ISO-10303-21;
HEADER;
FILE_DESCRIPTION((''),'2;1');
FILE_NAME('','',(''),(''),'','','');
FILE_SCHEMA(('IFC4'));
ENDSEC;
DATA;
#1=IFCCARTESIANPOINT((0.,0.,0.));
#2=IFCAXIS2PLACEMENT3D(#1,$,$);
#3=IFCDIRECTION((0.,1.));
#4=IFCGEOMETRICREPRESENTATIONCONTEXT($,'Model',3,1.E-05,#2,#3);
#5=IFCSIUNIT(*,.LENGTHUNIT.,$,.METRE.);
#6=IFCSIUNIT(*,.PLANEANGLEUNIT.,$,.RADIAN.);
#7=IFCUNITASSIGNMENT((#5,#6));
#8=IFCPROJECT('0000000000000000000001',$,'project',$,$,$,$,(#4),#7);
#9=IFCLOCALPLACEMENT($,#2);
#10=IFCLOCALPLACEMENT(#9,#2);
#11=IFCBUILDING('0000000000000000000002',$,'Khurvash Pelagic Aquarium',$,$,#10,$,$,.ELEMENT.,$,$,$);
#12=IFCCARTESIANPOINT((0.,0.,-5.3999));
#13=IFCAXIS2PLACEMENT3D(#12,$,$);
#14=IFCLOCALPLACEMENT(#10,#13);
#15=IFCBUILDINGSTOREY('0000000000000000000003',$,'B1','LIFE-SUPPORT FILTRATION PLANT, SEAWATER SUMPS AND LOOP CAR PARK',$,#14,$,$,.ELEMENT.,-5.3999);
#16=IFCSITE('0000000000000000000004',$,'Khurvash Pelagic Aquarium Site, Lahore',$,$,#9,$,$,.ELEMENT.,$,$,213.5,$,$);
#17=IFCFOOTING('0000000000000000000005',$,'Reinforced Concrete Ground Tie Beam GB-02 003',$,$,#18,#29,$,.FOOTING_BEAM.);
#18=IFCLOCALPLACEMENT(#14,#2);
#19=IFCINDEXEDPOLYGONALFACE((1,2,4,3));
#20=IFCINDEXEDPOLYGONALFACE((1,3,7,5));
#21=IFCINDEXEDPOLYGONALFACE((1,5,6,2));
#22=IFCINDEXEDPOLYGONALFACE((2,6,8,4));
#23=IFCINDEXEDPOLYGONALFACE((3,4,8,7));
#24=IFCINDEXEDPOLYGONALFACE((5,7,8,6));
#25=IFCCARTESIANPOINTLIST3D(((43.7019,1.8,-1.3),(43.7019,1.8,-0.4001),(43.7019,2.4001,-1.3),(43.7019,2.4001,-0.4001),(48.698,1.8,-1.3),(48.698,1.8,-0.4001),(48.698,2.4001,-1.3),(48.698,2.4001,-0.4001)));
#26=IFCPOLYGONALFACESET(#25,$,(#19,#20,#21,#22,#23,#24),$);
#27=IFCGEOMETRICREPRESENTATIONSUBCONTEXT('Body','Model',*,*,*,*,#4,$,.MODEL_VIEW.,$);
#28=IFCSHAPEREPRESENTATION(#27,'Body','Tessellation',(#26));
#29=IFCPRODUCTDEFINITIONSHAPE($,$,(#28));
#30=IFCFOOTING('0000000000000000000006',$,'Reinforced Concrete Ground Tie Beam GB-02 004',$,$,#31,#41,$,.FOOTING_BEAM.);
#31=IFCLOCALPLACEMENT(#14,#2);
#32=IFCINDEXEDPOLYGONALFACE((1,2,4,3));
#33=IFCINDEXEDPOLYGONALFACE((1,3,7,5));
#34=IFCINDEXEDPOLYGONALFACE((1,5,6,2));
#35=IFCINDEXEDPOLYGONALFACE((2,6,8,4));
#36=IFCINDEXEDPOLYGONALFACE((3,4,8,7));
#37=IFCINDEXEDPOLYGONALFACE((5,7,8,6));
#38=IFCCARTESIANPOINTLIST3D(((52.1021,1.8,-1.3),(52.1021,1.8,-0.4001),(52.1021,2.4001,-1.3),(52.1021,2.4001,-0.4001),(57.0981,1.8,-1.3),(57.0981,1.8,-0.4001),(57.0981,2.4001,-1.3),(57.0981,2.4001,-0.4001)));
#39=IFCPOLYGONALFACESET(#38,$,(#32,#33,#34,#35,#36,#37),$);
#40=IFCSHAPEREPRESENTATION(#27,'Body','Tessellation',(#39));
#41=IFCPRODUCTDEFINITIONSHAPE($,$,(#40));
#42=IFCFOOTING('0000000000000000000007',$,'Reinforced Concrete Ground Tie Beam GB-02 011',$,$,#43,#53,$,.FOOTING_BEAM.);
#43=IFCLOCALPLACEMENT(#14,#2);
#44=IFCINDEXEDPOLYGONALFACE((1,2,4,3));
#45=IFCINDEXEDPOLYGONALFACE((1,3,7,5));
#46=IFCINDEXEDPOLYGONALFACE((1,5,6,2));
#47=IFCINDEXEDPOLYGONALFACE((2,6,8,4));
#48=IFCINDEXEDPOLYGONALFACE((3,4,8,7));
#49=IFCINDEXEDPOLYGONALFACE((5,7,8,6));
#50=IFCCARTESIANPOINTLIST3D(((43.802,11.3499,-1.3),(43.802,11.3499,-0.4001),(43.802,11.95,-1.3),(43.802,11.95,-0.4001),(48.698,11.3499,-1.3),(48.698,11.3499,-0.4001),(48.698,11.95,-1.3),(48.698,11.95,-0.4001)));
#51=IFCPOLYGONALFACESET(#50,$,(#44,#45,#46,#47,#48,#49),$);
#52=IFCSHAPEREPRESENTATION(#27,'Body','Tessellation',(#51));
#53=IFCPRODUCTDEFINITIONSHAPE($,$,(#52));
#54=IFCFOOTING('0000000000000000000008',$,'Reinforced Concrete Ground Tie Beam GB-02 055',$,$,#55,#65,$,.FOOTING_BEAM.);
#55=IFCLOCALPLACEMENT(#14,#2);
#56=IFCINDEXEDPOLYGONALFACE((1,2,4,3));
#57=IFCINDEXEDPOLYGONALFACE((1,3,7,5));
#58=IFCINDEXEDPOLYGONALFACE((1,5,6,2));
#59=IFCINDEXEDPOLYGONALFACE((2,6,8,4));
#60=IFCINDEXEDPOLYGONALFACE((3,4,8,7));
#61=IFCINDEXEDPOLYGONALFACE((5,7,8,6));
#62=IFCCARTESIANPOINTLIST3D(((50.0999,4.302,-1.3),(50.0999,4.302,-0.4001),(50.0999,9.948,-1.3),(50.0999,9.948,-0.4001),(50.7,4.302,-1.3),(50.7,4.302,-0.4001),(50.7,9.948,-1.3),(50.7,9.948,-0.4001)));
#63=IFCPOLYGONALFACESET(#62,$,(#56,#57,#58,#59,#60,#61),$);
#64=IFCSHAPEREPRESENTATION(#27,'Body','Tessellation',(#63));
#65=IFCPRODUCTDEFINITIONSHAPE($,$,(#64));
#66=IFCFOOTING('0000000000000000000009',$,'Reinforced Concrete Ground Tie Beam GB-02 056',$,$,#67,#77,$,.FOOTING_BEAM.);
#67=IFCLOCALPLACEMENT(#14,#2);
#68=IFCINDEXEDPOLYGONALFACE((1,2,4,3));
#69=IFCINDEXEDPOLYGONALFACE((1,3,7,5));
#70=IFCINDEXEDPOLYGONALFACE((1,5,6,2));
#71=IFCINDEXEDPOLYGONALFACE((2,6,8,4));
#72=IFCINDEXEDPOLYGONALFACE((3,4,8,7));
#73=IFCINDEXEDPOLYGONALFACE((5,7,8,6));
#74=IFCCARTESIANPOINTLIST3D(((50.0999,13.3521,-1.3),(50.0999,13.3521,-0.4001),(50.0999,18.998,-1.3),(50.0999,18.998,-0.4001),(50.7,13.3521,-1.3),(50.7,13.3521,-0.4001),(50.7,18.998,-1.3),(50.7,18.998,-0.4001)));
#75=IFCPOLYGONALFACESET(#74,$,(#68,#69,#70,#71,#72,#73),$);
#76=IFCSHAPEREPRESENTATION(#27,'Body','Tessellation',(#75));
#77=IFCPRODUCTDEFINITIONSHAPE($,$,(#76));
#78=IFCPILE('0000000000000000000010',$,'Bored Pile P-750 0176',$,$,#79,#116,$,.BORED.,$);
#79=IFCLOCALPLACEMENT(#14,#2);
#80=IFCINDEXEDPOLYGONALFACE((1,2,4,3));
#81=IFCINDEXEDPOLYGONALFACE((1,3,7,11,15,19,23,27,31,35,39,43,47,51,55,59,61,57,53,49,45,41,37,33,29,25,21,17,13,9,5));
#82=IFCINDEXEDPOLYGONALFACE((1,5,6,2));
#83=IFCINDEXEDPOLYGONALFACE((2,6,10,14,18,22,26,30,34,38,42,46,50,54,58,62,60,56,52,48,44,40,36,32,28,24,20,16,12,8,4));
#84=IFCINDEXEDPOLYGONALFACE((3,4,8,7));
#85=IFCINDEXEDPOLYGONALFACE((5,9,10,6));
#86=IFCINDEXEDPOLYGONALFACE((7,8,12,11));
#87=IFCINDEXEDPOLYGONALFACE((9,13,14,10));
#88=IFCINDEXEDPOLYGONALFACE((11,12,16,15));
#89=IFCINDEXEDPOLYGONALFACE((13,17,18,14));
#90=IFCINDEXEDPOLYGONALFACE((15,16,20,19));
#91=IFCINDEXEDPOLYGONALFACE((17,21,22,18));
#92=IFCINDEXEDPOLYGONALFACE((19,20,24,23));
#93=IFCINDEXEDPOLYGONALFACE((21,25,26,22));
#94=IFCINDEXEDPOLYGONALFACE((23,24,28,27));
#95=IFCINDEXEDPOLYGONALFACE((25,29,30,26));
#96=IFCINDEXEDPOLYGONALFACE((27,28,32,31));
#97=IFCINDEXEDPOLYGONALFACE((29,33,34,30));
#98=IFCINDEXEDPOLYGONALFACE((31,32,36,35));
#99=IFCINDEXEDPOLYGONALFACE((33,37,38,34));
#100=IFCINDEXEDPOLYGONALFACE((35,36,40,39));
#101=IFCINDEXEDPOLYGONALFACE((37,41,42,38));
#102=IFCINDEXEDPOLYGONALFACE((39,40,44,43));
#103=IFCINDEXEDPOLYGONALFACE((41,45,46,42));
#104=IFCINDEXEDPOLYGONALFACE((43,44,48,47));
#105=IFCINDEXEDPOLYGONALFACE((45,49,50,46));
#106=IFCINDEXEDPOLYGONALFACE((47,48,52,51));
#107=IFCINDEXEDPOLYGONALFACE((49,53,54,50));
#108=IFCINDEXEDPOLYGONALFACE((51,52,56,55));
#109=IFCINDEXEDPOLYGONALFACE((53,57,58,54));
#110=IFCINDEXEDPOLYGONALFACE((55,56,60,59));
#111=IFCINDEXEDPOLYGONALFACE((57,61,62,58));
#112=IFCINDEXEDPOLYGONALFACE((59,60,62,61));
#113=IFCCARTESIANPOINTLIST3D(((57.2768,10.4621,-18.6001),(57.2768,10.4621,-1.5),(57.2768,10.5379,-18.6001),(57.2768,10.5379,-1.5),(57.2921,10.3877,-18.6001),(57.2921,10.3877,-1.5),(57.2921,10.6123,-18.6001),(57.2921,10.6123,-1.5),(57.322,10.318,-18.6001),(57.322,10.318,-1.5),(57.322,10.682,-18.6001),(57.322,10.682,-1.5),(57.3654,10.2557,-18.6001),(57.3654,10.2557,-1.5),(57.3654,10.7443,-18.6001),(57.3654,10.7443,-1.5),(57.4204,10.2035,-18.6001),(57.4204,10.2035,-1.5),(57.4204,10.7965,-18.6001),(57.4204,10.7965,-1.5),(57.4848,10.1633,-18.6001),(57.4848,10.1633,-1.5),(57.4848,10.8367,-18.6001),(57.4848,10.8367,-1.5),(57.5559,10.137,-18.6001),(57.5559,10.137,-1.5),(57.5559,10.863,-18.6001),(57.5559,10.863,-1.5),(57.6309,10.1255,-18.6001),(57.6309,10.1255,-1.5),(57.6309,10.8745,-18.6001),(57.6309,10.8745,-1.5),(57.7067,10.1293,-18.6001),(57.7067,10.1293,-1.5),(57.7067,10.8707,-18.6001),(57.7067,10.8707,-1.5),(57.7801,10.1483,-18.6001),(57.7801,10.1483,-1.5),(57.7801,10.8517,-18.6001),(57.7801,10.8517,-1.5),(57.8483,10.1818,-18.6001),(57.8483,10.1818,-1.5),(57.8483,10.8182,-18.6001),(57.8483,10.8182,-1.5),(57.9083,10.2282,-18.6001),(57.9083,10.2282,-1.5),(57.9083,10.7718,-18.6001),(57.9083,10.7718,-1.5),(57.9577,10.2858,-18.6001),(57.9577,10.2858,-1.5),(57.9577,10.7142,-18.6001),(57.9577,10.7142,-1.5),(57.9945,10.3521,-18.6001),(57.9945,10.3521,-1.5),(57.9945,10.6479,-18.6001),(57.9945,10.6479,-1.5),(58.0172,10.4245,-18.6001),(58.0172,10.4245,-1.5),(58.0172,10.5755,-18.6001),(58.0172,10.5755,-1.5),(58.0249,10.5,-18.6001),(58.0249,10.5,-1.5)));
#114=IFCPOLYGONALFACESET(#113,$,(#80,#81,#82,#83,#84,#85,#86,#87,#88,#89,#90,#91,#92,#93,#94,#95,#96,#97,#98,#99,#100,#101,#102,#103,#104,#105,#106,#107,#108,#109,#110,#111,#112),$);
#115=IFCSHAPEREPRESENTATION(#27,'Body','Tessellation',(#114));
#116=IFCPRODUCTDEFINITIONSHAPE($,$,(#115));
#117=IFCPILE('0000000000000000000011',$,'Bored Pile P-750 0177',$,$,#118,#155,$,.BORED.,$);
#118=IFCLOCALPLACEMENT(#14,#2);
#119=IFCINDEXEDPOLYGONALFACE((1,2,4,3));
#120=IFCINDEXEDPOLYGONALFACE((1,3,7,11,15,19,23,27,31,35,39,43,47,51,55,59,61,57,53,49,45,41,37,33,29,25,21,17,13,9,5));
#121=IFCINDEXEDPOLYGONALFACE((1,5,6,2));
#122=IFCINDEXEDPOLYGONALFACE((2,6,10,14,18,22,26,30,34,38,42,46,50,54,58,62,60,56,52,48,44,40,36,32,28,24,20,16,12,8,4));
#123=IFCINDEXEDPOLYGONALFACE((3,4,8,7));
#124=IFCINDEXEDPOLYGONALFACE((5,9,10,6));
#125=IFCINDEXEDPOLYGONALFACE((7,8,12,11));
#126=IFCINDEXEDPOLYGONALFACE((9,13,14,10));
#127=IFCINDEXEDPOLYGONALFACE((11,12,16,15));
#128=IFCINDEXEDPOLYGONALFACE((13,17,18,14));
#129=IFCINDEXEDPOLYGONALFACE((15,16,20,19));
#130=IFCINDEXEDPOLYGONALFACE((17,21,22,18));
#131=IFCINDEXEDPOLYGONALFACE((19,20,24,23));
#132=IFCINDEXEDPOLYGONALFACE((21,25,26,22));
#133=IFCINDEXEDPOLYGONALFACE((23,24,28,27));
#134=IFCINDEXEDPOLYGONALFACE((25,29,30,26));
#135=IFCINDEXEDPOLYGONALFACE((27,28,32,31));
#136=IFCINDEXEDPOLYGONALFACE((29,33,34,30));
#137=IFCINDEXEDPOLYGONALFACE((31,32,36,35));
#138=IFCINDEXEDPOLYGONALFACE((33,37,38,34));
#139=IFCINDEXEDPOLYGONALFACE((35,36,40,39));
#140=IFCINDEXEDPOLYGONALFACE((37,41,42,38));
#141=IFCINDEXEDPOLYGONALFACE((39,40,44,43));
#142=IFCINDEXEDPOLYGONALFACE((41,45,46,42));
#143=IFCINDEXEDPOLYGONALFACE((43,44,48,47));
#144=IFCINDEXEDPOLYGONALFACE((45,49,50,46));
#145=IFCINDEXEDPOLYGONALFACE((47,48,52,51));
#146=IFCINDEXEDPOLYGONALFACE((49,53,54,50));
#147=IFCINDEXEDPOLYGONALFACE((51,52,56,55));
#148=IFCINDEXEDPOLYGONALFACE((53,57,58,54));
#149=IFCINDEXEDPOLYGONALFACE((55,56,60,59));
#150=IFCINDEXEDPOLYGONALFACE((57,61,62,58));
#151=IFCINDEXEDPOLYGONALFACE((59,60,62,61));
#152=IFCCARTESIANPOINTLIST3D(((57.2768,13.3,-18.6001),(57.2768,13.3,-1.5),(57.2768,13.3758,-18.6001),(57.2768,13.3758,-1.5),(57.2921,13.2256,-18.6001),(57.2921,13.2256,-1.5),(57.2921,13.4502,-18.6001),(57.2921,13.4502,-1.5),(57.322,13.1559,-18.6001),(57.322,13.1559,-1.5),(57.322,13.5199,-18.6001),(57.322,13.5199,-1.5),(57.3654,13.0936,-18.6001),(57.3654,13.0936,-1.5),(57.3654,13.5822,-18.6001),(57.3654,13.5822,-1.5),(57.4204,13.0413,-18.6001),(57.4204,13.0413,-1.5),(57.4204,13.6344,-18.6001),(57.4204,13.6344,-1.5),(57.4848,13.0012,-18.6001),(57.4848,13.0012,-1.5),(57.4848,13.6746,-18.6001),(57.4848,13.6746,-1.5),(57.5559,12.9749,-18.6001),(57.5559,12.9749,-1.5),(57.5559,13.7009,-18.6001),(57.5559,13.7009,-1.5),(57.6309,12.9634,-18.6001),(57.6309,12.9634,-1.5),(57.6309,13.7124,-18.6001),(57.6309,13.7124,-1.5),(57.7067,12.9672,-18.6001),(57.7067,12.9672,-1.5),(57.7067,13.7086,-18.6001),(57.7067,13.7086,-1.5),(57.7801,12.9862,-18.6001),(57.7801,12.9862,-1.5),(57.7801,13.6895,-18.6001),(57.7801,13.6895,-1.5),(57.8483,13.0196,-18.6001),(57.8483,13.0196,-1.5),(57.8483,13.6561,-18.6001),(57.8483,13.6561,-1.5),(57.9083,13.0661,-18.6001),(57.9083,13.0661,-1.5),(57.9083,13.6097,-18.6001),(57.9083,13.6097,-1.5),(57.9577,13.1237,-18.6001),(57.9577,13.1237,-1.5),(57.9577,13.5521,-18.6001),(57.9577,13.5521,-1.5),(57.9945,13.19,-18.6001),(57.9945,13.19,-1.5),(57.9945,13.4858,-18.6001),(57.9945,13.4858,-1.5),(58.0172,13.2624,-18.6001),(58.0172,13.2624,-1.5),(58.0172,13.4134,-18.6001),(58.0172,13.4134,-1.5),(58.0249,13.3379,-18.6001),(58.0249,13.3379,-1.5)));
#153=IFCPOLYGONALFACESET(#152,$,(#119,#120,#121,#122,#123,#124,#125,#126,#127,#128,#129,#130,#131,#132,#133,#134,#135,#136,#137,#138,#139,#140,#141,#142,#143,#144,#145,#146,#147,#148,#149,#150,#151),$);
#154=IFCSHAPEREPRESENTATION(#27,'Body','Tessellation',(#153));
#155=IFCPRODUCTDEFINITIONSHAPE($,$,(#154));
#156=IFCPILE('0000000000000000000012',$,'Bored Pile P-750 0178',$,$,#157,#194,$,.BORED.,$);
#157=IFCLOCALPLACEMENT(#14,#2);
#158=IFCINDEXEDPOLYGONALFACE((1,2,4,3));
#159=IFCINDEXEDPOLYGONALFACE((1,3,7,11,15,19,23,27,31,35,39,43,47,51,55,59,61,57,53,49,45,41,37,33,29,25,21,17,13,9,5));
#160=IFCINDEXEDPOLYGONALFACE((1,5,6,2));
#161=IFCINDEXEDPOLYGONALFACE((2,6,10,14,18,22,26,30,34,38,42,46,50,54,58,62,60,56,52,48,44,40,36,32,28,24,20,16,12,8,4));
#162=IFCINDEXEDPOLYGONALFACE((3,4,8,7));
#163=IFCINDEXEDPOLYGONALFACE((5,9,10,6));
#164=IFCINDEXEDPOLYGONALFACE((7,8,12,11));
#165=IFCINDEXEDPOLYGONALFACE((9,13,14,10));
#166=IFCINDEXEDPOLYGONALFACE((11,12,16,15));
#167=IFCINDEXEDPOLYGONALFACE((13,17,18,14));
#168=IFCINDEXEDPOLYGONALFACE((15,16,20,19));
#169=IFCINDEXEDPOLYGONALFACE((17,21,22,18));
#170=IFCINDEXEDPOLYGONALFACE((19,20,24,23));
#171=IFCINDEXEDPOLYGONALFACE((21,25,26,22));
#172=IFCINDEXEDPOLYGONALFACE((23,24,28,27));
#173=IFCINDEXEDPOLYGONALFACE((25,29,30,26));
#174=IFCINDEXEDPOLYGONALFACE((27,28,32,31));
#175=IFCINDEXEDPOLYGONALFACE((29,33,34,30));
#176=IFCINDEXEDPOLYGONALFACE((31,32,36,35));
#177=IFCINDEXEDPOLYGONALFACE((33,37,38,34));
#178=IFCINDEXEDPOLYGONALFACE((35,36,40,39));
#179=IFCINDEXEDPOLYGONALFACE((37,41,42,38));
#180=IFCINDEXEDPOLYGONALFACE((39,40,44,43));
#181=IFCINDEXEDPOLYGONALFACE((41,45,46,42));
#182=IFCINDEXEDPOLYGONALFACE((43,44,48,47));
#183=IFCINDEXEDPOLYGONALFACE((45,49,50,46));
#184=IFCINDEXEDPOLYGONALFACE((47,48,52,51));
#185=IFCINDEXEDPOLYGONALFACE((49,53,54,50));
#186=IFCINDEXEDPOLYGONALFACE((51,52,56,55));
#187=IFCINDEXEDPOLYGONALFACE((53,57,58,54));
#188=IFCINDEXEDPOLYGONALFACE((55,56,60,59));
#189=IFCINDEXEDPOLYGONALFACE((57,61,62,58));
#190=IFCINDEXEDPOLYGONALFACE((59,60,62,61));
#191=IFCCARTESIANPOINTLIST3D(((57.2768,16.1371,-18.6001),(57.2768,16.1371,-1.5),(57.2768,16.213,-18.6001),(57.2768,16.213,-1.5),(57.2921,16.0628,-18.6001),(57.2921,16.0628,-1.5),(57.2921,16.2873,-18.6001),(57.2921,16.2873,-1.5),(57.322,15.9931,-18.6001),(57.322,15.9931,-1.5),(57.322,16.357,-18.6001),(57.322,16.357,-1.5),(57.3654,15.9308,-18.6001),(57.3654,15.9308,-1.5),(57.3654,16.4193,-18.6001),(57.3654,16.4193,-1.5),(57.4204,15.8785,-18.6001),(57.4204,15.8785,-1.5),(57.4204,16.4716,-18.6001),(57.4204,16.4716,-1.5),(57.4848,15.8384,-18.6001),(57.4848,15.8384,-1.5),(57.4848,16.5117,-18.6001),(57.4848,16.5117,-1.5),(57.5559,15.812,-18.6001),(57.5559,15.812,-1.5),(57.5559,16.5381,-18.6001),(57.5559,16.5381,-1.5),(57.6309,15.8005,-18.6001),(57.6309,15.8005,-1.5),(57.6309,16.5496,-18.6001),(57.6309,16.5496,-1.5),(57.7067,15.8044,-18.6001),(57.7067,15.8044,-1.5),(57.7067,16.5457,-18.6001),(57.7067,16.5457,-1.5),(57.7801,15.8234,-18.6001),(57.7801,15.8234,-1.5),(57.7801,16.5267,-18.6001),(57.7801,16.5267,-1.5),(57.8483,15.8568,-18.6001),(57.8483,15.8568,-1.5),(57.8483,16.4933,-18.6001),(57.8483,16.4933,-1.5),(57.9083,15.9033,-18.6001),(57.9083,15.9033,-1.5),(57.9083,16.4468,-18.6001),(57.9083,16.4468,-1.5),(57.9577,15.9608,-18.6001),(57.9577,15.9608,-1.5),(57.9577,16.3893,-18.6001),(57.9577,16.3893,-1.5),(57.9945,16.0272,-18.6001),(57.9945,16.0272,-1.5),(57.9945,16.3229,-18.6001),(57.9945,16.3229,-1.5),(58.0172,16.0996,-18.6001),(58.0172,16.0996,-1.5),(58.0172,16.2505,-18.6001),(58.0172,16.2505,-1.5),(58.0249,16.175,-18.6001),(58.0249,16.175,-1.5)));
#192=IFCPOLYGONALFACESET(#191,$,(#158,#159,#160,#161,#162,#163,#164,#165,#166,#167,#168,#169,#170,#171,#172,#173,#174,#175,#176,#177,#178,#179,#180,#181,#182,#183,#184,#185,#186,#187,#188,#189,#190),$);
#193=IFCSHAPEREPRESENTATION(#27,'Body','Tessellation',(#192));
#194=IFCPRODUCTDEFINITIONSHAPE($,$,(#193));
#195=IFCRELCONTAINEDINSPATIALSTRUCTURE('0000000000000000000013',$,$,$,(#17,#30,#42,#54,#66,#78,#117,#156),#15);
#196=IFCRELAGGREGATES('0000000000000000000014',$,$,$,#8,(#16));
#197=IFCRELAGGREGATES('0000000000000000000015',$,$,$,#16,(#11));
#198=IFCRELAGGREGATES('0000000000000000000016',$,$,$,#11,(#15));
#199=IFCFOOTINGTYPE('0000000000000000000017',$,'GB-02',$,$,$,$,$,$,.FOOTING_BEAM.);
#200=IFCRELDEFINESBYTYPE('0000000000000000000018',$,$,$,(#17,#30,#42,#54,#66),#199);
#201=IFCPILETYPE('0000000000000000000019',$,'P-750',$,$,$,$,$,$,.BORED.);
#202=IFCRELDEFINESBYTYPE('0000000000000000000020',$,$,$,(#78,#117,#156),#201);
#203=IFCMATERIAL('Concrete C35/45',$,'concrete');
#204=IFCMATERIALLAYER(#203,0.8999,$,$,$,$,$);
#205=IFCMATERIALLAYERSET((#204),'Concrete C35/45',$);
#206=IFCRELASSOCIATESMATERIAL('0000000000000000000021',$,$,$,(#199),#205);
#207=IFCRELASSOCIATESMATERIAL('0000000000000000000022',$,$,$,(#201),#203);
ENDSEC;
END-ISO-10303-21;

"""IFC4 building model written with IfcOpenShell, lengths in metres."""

from ifc_helpers import new_model, si_unit, direction, frame, origin, origin_2d, place, context, subcontext, project, spatial, rectangle, circle, extrude, material, layer, layer_set, material_profile, profile_set, type_object, element, save


model = new_model("IFC4")

# Units and contexts
model_context = context("Model", 3, precision=1e-05, world=origin(), true_north=direction((0.0, 1.0)))
body_context = subcontext(model_context, "Body", "Model", "MODEL_VIEW")
ifc_project = project(units=[si_unit("LENGTHUNIT", "METRE"), si_unit("PLANEANGLEUNIT", "RADIAN")], contexts=[model_context])

# Site, building, storey
site_placement = place(None, origin())
site = spatial("IfcSite", under=ifc_project, at=site_placement, Name="Khurvash Pelagic Aquarium Site, Lahore", CompositionType="ELEMENT", RefElevation=213.5)
building_placement = place(site_placement, origin())
building = spatial("IfcBuilding", under=site, at=building_placement, Name="Khurvash Pelagic Aquarium", CompositionType="ELEMENT")
storey_placement = place(building_placement, frame((0.0, 0.0, -5.3999)))
storey = spatial("IfcBuildingStorey", under=building, at=storey_placement, Name="B1", Description="LIFE-SUPPORT FILTRATION PLANT, SEAWATER SUMPS AND LOOP CAR PARK", CompositionType="ELEMENT", Elevation=-5.3999)

# Footings
ifc_material_1 = material(Name="Concrete C35/45", Category="concrete")
ifc_layer_1 = layer(ifc_material_1, 0.8999)
ifc_layer_set_1 = layer_set([ifc_layer_1], Name="Concrete C35/45")
footing_type_1 = type_object("IfcFootingType", Name="GB-02", PredefinedType="FOOTING_BEAM", material=ifc_layer_set_1)
for number, where, z_axis, x_axis, name in (
    (1, (46.2, 2.1001, -1.3), (0.0, 0.0, 1.0), (1.0, 0.0, 0.0), "Reinforced Concrete Ground Tie Beam GB-02 003"),
    (2, (54.6001, 2.1001, -1.3), (0.0, 0.0, 1.0), (1.0, 0.0, 0.0), "Reinforced Concrete Ground Tie Beam GB-02 004"),
):
    element("IfcFooting", number, at=place(storey_placement, frame(where, z_axis=z_axis, x_axis=x_axis)), inside=storey, type_object=footing_type_1, Name=name, PredefinedType="FOOTING_BEAM", context=body_context, shape_type="SweptSolid", body=[
        extrude(rectangle(XDim=4.9961, YDim=0.6001, at=origin_2d()), origin(), (0.0, 0.0, 1.0), 0.8999),
    ])
footing_1_placement = place(storey_placement, frame((46.25, 11.6499, -1.3), z_axis=(0.0, 0.0, 1.0), x_axis=(1.0, 0.0, 0.0)))
element("IfcFooting", 3, at=footing_1_placement, inside=storey, type_object=footing_type_1, Name="Reinforced Concrete Ground Tie Beam GB-02 011", PredefinedType="FOOTING_BEAM", context=body_context, shape_type="SweptSolid", body=[
    extrude(rectangle(XDim=4.896, YDim=0.6001, at=origin_2d()), origin(), (0.0, 0.0, 1.0), 0.8999),
])
for number, where, z_axis, x_axis, name in (
    (4, (50.3999, 7.125, -1.3), (0.0, 0.0, 1.0), (0.0, 1.0, 0.0), "Reinforced Concrete Ground Tie Beam GB-02 055"),
    (5, (50.3999, 16.175, -1.3), (0.0, 0.0, 1.0), (0.0, 1.0, 0.0), "Reinforced Concrete Ground Tie Beam GB-02 056"),
):
    element("IfcFooting", number, at=place(storey_placement, frame(where, z_axis=z_axis, x_axis=x_axis)), inside=storey, type_object=footing_type_1, Name=name, PredefinedType="FOOTING_BEAM", context=body_context, shape_type="SweptSolid", body=[
        extrude(rectangle(XDim=5.646, YDim=0.6001, at=origin_2d()), origin(), (0.0, 0.0, 1.0), 0.8999),
    ])

# Piles
ifc_material_profile_1 = material_profile(ifc_material_1, circle(Radius=0.375, at=origin_2d()), Name="PILE750")
ifc_profile_set_1 = profile_set([ifc_material_profile_1], Name="Concrete C35/45")
pile_type = type_object("IfcPileType", Name="P-750", PredefinedType="BORED", material=ifc_profile_set_1)
for number, where, z_axis, x_axis, name in (
    (6, (57.6499, 10.5, -1.5), (0.0, 0.0, -1.0), (1.0, 0.0, 0.0), "Bored Pile P-750 0176"),
    (7, (57.6499, 13.3379, -1.5), (0.0, 0.0, -1.0), (1.0, 0.0, 0.0), "Bored Pile P-750 0177"),
    (8, (57.6499, 16.175, -1.5), (0.0, 0.0, -1.0), (1.0, 0.0, 0.0), "Bored Pile P-750 0178"),
):
    element("IfcPile", number, at=place(storey_placement, frame(where, z_axis=z_axis, x_axis=x_axis)), inside=storey, type_object=pile_type, Name=name, PredefinedType="BORED", context=body_context, shape_type="SweptSolid", body=[
        extrude(circle(Radius=0.375, at=origin_2d()), origin(), (0.0, 0.0, 1.0), 17.1001),
    ])

save(model, "model.ifc")
